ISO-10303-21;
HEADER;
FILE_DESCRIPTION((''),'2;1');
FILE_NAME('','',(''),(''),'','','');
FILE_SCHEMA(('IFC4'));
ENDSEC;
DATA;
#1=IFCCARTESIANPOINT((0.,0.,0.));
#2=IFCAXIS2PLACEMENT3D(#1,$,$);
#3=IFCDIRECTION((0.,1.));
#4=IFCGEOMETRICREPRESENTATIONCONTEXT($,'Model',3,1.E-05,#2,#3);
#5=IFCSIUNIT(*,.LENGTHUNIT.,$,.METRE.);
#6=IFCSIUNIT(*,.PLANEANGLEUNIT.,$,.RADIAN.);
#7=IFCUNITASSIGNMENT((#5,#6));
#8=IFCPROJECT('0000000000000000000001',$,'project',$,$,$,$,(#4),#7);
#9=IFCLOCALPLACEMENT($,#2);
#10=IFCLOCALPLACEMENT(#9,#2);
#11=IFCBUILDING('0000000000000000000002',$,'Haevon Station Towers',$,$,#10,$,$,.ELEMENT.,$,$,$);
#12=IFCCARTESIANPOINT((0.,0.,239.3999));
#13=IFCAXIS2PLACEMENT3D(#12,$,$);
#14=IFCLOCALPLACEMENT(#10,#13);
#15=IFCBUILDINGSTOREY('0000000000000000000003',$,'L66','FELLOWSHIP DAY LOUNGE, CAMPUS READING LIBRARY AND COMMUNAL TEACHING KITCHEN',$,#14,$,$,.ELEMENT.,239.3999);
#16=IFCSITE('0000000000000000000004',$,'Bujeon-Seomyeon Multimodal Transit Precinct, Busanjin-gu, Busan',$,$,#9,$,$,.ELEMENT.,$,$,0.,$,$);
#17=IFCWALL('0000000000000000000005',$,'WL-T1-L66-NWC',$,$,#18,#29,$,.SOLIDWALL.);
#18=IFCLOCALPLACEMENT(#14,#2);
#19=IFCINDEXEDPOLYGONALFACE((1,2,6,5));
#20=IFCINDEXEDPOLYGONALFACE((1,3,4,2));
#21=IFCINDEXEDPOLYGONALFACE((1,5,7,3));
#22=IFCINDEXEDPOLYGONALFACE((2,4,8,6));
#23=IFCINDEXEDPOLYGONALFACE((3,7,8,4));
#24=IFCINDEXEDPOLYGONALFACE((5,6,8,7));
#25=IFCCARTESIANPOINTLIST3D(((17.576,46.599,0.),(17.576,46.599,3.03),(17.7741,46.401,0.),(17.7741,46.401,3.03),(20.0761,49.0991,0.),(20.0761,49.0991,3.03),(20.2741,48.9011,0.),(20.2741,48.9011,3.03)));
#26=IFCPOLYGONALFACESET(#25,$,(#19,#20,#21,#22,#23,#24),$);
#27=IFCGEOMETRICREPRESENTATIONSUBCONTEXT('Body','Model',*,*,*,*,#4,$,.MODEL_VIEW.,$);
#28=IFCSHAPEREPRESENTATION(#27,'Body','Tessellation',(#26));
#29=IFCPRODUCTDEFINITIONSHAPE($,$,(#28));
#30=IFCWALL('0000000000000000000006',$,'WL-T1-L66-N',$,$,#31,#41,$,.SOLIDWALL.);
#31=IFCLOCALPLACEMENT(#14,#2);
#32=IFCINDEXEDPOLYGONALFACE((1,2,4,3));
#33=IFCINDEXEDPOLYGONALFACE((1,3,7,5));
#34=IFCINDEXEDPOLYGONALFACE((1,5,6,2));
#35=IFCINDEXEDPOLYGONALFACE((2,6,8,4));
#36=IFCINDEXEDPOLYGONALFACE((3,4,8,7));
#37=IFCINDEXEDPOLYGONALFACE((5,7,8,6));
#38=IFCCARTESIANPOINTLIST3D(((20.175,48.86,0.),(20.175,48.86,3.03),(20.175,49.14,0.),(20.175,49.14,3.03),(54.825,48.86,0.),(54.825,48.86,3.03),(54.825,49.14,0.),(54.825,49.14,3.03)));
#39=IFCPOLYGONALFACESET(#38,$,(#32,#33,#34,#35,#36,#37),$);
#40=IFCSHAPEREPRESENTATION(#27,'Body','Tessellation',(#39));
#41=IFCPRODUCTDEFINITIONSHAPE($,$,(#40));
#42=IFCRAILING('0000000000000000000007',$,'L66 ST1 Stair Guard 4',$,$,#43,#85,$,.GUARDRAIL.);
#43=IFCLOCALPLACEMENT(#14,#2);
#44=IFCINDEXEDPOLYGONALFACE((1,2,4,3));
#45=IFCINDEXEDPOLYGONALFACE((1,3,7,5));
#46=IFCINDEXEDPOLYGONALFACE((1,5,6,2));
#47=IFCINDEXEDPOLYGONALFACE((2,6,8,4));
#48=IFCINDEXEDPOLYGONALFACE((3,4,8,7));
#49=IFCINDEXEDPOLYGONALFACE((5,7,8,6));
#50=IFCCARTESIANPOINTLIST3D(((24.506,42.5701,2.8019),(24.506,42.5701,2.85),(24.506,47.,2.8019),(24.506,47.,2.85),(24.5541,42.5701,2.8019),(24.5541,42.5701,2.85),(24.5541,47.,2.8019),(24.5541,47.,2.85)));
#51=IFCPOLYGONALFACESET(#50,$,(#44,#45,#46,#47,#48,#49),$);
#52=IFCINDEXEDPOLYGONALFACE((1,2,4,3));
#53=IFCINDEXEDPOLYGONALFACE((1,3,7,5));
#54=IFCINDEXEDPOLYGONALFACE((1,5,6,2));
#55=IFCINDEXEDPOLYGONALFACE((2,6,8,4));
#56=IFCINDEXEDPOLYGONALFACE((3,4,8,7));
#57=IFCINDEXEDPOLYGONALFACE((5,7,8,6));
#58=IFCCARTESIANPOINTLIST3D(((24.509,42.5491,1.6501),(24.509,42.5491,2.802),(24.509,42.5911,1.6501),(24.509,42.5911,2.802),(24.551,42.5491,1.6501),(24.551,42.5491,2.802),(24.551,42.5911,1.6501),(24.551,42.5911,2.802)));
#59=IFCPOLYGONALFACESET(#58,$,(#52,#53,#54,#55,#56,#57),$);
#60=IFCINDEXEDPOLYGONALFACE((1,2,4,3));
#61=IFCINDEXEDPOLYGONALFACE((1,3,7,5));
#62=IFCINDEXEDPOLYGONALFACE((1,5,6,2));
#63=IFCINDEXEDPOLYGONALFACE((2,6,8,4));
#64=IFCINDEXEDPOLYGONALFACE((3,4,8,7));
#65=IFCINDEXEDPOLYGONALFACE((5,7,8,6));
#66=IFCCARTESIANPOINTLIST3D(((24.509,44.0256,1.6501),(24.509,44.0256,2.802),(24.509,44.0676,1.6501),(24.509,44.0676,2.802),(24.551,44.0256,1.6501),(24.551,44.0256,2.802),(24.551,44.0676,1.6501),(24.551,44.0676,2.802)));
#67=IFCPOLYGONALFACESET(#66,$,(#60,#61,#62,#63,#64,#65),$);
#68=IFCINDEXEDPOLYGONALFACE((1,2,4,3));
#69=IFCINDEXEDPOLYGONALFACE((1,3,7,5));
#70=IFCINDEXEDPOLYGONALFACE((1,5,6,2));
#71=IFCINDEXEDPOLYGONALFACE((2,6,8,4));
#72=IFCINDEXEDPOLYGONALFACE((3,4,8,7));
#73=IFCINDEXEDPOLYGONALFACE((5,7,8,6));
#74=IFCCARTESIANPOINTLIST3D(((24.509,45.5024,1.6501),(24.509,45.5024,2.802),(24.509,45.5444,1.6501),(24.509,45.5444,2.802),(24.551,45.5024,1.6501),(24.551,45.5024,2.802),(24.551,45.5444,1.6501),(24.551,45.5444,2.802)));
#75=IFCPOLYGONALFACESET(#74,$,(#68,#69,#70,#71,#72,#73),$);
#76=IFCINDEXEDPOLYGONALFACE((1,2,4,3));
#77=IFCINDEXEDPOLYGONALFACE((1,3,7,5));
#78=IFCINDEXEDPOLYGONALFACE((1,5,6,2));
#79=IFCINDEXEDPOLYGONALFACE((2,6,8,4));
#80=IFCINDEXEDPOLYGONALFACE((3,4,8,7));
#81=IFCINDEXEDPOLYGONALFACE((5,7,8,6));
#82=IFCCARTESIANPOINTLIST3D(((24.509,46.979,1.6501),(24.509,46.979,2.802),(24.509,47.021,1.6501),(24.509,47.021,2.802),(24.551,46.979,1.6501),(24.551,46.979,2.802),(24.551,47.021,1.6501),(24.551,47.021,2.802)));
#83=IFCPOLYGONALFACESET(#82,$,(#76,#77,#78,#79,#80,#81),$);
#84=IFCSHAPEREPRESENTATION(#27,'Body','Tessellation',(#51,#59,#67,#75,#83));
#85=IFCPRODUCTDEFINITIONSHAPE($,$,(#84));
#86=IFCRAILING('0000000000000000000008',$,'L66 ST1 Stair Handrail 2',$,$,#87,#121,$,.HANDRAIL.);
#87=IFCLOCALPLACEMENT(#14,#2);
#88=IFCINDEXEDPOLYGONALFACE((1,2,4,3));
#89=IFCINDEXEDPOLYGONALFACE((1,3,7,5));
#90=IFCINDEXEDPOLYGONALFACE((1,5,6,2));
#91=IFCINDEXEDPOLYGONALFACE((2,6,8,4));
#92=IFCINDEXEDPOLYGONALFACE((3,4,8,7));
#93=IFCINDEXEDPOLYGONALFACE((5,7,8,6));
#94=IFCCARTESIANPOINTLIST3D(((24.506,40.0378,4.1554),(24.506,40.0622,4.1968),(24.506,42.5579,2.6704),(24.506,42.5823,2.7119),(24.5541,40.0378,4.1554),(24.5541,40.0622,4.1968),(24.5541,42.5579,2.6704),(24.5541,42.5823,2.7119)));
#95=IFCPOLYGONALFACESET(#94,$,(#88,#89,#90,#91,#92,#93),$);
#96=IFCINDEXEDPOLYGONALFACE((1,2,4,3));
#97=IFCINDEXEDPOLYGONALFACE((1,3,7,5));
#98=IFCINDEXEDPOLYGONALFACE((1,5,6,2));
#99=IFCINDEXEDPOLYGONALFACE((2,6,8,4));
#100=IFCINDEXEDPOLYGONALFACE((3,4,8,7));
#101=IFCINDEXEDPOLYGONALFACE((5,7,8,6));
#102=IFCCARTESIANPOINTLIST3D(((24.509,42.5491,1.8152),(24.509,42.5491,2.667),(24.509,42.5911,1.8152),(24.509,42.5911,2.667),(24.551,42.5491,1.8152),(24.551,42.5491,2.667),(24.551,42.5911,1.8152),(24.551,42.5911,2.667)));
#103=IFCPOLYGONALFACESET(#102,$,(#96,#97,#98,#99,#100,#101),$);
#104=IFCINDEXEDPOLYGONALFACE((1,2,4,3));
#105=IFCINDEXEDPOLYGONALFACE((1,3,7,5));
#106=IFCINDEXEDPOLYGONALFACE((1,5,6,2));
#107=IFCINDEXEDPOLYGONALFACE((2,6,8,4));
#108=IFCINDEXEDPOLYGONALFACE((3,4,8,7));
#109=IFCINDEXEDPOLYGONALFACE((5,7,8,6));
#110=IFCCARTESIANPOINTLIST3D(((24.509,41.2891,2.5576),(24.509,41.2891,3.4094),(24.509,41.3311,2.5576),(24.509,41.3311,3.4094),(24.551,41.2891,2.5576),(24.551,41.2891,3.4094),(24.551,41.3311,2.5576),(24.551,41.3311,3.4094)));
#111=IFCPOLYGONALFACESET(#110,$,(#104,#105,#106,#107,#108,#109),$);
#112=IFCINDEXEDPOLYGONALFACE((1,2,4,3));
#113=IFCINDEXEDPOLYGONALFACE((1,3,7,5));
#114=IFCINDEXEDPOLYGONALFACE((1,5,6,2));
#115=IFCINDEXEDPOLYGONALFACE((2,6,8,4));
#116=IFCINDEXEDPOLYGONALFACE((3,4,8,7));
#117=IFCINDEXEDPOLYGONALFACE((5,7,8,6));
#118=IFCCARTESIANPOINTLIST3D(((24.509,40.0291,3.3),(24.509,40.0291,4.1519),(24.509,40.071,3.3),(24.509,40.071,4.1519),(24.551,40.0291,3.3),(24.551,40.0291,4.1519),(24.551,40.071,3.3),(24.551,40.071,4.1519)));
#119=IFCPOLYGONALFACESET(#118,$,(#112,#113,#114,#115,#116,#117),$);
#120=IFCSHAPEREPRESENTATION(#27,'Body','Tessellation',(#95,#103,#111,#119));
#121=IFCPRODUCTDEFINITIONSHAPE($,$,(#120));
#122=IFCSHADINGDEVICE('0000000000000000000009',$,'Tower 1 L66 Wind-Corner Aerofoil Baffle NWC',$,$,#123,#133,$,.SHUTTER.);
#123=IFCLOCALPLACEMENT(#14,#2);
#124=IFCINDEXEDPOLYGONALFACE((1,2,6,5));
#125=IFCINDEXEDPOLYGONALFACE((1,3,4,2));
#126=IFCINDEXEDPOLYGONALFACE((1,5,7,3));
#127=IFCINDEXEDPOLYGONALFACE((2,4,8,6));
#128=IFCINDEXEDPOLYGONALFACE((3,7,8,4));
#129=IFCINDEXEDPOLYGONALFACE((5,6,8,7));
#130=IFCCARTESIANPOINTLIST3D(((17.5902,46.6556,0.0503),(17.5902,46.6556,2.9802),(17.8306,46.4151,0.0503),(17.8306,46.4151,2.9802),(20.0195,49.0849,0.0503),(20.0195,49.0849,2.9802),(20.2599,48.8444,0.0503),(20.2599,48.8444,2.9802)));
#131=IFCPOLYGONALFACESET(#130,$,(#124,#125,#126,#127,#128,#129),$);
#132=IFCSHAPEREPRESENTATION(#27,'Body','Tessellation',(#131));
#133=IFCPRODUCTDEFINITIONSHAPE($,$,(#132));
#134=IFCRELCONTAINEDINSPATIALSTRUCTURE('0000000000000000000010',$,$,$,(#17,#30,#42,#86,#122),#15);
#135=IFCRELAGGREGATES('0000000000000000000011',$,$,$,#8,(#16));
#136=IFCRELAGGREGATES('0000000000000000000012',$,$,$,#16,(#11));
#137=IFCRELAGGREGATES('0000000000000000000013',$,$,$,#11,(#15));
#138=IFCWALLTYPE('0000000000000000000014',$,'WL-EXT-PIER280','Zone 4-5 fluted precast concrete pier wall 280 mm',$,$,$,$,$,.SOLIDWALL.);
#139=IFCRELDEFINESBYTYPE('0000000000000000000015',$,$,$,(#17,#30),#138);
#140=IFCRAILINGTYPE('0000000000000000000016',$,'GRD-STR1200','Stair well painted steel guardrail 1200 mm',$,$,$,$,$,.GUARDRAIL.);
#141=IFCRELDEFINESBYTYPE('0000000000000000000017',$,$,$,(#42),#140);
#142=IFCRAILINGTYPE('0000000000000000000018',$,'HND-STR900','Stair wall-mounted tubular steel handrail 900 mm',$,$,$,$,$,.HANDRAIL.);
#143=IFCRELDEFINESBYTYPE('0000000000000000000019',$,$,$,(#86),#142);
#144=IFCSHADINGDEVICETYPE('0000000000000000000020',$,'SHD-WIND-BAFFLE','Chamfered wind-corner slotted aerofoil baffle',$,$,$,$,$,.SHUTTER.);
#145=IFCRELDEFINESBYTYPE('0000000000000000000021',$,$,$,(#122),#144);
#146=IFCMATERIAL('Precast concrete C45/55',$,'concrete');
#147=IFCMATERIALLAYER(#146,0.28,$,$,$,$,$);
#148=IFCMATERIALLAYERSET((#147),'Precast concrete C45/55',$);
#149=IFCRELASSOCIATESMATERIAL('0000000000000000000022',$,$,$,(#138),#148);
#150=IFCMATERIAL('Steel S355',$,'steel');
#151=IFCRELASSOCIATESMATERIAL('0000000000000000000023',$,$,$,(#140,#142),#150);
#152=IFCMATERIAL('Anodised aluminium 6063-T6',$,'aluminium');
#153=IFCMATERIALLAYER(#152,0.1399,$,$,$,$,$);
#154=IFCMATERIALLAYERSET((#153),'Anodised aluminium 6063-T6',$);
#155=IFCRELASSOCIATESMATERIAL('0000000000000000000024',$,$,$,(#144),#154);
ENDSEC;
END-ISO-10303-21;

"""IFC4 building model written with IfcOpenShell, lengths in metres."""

from ifc_helpers import new_model, si_unit, direction, frame, frame_2d, origin, origin_2d, place, context, subcontext, project, spatial, rectangle, extrude, material, layer, layer_set, type_object, element, save


model = new_model("IFC4")

# Units and contexts
model_context = context("Model", 3, precision=1e-05, world=origin(), true_north=direction((0.0, 1.0)))
body_context = subcontext(model_context, "Body", "Model", "MODEL_VIEW")
ifc_project = project(units=[si_unit("LENGTHUNIT", "METRE"), si_unit("PLANEANGLEUNIT", "RADIAN")], contexts=[model_context])

# Site, building, storey
site_placement = place(None, origin())
site = spatial("IfcSite", under=ifc_project, at=site_placement, Name="Bujeon-Seomyeon Multimodal Transit Precinct, Busanjin-gu, Busan", CompositionType="ELEMENT", RefElevation=0.0)
building_placement = place(site_placement, origin())
building = spatial("IfcBuilding", under=site, at=building_placement, Name="Haevon Station Towers", CompositionType="ELEMENT")
storey_placement = place(building_placement, frame((0.0, 0.0, 239.3999)))
storey = spatial("IfcBuildingStorey", under=building, at=storey_placement, Name="L66", Description="FELLOWSHIP DAY LOUNGE, CAMPUS READING LIBRARY AND COMMUNAL TEACHING KITCHEN", CompositionType="ELEMENT", Elevation=239.3999)

# Shared definitions
ifc_material_1 = material(Name="Steel S355", Category="steel")

# Walls
ifc_material_2 = material(Name="Precast concrete C45/55", Category="concrete")
ifc_layer_1 = layer(ifc_material_2, 0.28)
ifc_layer_set_1 = layer_set([ifc_layer_1], Name="Precast concrete C45/55")
wall_type_1 = type_object("IfcWallType", Name="WL-EXT-PIER280", Description="Zone 4-5 fluted precast concrete pier wall 280 mm", PredefinedType="SOLIDWALL", material=ifc_layer_set_1)
wall_1_placement = place(storey_placement, frame((17.675, 46.5, 0.0), z_axis=(0.0, 0.0, 1.0), x_axis=(0.707107, 0.707107, 0.0)))
element("IfcWall", 1, at=wall_1_placement, inside=storey, type_object=wall_type_1, Name="WL-T1-L66-NWC", PredefinedType="SOLIDWALL", context=body_context, shape_type="SweptSolid", body=[
    extrude(rectangle(XDim=3.5356, YDim=0.28, at=frame_2d((1.7678, 0.0))), origin(), (0.0, 0.0, 1.0), 3.03),
])
wall_2_placement = place(storey_placement, frame((20.175, 49.0, 0.0), z_axis=(0.0, 0.0, 1.0), x_axis=(1.0, 0.0, 0.0)))
element("IfcWall", 2, at=wall_2_placement, inside=storey, type_object=wall_type_1, Name="WL-T1-L66-N", PredefinedType="SOLIDWALL", context=body_context, shape_type="SweptSolid", body=[
    extrude(rectangle(XDim=34.6499, YDim=0.28, at=frame_2d((17.325, 0.0))), origin(), (0.0, 0.0, 1.0), 3.03),
])

# Railings
railing_type_1 = type_object("IfcRailingType", Name="GRD-STR1200", Description="Stair well painted steel guardrail 1200 mm", PredefinedType="GUARDRAIL", material=ifc_material_1)
railing_1_placement = place(storey_placement, frame((24.53, 42.5701, 1.6501)))
element("IfcRailing", 3, at=railing_1_placement, inside=storey, type_object=railing_type_1, Name="L66 ST1 Stair Guard 4", PredefinedType="GUARDRAIL", context=body_context, shape_type="SweptSolid", body=[
    extrude(rectangle(XDim=0.0481, YDim=0.0481, at=origin_2d()), frame((0.0, 0.0, 1.1758), z_axis=(0.0, 1.0, 0.0), x_axis=(-1.0, 0.0, 0.0)), (0.0, 0.0, 1.0), 4.4299),
    extrude(rectangle(XDim=0.042, YDim=0.042, at=origin_2d()), origin(), (0.0, 0.0, 1.0), 1.1519),
    extrude(rectangle(XDim=0.042, YDim=0.042, at=origin_2d()), frame((0.0, 1.4766, 0.0)), (0.0, 0.0, 1.0), 1.1519),
    extrude(rectangle(XDim=0.042, YDim=0.042, at=origin_2d()), frame((0.0, 2.9534, 0.0)), (0.0, 0.0, 1.0), 1.1519),
    extrude(rectangle(XDim=0.042, YDim=0.042, at=origin_2d()), frame((0.0, 4.4299, 0.0)), (0.0, 0.0, 1.0), 1.1519),
])
railing_type_2 = type_object("IfcRailingType", Name="HND-STR900", Description="Stair wall-mounted tubular steel handrail 900 mm", PredefinedType="HANDRAIL", material=ifc_material_1)
railing_2_placement = place(storey_placement, frame((24.53, 42.5701, 1.8152)))
element("IfcRailing", 4, at=railing_2_placement, inside=storey, type_object=railing_type_2, Name="L66 ST1 Stair Handrail 2", PredefinedType="HANDRAIL", context=body_context, shape_type="SweptSolid", body=[
    extrude(rectangle(XDim=0.0481, YDim=0.0481, at=origin_2d()), frame((0.0, 0.0, 0.876), z_axis=(0.0, -0.861561, 0.507655), x_axis=(1.0, 0.0, 0.0)), (0.0, 0.0, 1.0), 2.925),
    extrude(rectangle(XDim=0.042, YDim=0.042, at=origin_2d()), origin(), (0.0, 0.0, 1.0), 0.8518),
    extrude(rectangle(XDim=0.042, YDim=0.042, at=origin_2d()), frame((0.0, -1.26, 0.7424)), (0.0, 0.0, 1.0), 0.8518),
    extrude(rectangle(XDim=0.042, YDim=0.042, at=origin_2d()), frame((0.0, -2.52, 1.4849)), (0.0, 0.0, 1.0), 0.8518),
])

# Shading device
ifc_material_3 = material(Name="Anodised aluminium 6063-T6", Category="aluminium")
ifc_layer_2 = layer(ifc_material_3, 0.1399)
ifc_layer_set_2 = layer_set([ifc_layer_2], Name="Anodised aluminium 6063-T6")
shading_device_type = type_object("IfcShadingDeviceType", Name="SHD-WIND-BAFFLE", Description="Chamfered wind-corner slotted aerofoil baffle", PredefinedType="SHUTTER", material=ifc_layer_set_2)
shading_device_placement = place(storey_placement, frame((18.925, 47.75, 0.0503), z_axis=(0.0, 0.0, 1.0), x_axis=(0.707107, 0.707107, 0.0)))
element("IfcShadingDevice", 5, at=shading_device_placement, inside=storey, type_object=shading_device_type, Name="Tower 1 L66 Wind-Corner Aerofoil Baffle NWC", PredefinedType="SHUTTER", context=body_context, shape_type="SweptSolid", body=[
    extrude(rectangle(XDim=3.4355, YDim=0.3401, at=origin_2d()), origin(), (0.0, 0.0, 1.0), 2.9299),
])

save(model, "model.ifc")
